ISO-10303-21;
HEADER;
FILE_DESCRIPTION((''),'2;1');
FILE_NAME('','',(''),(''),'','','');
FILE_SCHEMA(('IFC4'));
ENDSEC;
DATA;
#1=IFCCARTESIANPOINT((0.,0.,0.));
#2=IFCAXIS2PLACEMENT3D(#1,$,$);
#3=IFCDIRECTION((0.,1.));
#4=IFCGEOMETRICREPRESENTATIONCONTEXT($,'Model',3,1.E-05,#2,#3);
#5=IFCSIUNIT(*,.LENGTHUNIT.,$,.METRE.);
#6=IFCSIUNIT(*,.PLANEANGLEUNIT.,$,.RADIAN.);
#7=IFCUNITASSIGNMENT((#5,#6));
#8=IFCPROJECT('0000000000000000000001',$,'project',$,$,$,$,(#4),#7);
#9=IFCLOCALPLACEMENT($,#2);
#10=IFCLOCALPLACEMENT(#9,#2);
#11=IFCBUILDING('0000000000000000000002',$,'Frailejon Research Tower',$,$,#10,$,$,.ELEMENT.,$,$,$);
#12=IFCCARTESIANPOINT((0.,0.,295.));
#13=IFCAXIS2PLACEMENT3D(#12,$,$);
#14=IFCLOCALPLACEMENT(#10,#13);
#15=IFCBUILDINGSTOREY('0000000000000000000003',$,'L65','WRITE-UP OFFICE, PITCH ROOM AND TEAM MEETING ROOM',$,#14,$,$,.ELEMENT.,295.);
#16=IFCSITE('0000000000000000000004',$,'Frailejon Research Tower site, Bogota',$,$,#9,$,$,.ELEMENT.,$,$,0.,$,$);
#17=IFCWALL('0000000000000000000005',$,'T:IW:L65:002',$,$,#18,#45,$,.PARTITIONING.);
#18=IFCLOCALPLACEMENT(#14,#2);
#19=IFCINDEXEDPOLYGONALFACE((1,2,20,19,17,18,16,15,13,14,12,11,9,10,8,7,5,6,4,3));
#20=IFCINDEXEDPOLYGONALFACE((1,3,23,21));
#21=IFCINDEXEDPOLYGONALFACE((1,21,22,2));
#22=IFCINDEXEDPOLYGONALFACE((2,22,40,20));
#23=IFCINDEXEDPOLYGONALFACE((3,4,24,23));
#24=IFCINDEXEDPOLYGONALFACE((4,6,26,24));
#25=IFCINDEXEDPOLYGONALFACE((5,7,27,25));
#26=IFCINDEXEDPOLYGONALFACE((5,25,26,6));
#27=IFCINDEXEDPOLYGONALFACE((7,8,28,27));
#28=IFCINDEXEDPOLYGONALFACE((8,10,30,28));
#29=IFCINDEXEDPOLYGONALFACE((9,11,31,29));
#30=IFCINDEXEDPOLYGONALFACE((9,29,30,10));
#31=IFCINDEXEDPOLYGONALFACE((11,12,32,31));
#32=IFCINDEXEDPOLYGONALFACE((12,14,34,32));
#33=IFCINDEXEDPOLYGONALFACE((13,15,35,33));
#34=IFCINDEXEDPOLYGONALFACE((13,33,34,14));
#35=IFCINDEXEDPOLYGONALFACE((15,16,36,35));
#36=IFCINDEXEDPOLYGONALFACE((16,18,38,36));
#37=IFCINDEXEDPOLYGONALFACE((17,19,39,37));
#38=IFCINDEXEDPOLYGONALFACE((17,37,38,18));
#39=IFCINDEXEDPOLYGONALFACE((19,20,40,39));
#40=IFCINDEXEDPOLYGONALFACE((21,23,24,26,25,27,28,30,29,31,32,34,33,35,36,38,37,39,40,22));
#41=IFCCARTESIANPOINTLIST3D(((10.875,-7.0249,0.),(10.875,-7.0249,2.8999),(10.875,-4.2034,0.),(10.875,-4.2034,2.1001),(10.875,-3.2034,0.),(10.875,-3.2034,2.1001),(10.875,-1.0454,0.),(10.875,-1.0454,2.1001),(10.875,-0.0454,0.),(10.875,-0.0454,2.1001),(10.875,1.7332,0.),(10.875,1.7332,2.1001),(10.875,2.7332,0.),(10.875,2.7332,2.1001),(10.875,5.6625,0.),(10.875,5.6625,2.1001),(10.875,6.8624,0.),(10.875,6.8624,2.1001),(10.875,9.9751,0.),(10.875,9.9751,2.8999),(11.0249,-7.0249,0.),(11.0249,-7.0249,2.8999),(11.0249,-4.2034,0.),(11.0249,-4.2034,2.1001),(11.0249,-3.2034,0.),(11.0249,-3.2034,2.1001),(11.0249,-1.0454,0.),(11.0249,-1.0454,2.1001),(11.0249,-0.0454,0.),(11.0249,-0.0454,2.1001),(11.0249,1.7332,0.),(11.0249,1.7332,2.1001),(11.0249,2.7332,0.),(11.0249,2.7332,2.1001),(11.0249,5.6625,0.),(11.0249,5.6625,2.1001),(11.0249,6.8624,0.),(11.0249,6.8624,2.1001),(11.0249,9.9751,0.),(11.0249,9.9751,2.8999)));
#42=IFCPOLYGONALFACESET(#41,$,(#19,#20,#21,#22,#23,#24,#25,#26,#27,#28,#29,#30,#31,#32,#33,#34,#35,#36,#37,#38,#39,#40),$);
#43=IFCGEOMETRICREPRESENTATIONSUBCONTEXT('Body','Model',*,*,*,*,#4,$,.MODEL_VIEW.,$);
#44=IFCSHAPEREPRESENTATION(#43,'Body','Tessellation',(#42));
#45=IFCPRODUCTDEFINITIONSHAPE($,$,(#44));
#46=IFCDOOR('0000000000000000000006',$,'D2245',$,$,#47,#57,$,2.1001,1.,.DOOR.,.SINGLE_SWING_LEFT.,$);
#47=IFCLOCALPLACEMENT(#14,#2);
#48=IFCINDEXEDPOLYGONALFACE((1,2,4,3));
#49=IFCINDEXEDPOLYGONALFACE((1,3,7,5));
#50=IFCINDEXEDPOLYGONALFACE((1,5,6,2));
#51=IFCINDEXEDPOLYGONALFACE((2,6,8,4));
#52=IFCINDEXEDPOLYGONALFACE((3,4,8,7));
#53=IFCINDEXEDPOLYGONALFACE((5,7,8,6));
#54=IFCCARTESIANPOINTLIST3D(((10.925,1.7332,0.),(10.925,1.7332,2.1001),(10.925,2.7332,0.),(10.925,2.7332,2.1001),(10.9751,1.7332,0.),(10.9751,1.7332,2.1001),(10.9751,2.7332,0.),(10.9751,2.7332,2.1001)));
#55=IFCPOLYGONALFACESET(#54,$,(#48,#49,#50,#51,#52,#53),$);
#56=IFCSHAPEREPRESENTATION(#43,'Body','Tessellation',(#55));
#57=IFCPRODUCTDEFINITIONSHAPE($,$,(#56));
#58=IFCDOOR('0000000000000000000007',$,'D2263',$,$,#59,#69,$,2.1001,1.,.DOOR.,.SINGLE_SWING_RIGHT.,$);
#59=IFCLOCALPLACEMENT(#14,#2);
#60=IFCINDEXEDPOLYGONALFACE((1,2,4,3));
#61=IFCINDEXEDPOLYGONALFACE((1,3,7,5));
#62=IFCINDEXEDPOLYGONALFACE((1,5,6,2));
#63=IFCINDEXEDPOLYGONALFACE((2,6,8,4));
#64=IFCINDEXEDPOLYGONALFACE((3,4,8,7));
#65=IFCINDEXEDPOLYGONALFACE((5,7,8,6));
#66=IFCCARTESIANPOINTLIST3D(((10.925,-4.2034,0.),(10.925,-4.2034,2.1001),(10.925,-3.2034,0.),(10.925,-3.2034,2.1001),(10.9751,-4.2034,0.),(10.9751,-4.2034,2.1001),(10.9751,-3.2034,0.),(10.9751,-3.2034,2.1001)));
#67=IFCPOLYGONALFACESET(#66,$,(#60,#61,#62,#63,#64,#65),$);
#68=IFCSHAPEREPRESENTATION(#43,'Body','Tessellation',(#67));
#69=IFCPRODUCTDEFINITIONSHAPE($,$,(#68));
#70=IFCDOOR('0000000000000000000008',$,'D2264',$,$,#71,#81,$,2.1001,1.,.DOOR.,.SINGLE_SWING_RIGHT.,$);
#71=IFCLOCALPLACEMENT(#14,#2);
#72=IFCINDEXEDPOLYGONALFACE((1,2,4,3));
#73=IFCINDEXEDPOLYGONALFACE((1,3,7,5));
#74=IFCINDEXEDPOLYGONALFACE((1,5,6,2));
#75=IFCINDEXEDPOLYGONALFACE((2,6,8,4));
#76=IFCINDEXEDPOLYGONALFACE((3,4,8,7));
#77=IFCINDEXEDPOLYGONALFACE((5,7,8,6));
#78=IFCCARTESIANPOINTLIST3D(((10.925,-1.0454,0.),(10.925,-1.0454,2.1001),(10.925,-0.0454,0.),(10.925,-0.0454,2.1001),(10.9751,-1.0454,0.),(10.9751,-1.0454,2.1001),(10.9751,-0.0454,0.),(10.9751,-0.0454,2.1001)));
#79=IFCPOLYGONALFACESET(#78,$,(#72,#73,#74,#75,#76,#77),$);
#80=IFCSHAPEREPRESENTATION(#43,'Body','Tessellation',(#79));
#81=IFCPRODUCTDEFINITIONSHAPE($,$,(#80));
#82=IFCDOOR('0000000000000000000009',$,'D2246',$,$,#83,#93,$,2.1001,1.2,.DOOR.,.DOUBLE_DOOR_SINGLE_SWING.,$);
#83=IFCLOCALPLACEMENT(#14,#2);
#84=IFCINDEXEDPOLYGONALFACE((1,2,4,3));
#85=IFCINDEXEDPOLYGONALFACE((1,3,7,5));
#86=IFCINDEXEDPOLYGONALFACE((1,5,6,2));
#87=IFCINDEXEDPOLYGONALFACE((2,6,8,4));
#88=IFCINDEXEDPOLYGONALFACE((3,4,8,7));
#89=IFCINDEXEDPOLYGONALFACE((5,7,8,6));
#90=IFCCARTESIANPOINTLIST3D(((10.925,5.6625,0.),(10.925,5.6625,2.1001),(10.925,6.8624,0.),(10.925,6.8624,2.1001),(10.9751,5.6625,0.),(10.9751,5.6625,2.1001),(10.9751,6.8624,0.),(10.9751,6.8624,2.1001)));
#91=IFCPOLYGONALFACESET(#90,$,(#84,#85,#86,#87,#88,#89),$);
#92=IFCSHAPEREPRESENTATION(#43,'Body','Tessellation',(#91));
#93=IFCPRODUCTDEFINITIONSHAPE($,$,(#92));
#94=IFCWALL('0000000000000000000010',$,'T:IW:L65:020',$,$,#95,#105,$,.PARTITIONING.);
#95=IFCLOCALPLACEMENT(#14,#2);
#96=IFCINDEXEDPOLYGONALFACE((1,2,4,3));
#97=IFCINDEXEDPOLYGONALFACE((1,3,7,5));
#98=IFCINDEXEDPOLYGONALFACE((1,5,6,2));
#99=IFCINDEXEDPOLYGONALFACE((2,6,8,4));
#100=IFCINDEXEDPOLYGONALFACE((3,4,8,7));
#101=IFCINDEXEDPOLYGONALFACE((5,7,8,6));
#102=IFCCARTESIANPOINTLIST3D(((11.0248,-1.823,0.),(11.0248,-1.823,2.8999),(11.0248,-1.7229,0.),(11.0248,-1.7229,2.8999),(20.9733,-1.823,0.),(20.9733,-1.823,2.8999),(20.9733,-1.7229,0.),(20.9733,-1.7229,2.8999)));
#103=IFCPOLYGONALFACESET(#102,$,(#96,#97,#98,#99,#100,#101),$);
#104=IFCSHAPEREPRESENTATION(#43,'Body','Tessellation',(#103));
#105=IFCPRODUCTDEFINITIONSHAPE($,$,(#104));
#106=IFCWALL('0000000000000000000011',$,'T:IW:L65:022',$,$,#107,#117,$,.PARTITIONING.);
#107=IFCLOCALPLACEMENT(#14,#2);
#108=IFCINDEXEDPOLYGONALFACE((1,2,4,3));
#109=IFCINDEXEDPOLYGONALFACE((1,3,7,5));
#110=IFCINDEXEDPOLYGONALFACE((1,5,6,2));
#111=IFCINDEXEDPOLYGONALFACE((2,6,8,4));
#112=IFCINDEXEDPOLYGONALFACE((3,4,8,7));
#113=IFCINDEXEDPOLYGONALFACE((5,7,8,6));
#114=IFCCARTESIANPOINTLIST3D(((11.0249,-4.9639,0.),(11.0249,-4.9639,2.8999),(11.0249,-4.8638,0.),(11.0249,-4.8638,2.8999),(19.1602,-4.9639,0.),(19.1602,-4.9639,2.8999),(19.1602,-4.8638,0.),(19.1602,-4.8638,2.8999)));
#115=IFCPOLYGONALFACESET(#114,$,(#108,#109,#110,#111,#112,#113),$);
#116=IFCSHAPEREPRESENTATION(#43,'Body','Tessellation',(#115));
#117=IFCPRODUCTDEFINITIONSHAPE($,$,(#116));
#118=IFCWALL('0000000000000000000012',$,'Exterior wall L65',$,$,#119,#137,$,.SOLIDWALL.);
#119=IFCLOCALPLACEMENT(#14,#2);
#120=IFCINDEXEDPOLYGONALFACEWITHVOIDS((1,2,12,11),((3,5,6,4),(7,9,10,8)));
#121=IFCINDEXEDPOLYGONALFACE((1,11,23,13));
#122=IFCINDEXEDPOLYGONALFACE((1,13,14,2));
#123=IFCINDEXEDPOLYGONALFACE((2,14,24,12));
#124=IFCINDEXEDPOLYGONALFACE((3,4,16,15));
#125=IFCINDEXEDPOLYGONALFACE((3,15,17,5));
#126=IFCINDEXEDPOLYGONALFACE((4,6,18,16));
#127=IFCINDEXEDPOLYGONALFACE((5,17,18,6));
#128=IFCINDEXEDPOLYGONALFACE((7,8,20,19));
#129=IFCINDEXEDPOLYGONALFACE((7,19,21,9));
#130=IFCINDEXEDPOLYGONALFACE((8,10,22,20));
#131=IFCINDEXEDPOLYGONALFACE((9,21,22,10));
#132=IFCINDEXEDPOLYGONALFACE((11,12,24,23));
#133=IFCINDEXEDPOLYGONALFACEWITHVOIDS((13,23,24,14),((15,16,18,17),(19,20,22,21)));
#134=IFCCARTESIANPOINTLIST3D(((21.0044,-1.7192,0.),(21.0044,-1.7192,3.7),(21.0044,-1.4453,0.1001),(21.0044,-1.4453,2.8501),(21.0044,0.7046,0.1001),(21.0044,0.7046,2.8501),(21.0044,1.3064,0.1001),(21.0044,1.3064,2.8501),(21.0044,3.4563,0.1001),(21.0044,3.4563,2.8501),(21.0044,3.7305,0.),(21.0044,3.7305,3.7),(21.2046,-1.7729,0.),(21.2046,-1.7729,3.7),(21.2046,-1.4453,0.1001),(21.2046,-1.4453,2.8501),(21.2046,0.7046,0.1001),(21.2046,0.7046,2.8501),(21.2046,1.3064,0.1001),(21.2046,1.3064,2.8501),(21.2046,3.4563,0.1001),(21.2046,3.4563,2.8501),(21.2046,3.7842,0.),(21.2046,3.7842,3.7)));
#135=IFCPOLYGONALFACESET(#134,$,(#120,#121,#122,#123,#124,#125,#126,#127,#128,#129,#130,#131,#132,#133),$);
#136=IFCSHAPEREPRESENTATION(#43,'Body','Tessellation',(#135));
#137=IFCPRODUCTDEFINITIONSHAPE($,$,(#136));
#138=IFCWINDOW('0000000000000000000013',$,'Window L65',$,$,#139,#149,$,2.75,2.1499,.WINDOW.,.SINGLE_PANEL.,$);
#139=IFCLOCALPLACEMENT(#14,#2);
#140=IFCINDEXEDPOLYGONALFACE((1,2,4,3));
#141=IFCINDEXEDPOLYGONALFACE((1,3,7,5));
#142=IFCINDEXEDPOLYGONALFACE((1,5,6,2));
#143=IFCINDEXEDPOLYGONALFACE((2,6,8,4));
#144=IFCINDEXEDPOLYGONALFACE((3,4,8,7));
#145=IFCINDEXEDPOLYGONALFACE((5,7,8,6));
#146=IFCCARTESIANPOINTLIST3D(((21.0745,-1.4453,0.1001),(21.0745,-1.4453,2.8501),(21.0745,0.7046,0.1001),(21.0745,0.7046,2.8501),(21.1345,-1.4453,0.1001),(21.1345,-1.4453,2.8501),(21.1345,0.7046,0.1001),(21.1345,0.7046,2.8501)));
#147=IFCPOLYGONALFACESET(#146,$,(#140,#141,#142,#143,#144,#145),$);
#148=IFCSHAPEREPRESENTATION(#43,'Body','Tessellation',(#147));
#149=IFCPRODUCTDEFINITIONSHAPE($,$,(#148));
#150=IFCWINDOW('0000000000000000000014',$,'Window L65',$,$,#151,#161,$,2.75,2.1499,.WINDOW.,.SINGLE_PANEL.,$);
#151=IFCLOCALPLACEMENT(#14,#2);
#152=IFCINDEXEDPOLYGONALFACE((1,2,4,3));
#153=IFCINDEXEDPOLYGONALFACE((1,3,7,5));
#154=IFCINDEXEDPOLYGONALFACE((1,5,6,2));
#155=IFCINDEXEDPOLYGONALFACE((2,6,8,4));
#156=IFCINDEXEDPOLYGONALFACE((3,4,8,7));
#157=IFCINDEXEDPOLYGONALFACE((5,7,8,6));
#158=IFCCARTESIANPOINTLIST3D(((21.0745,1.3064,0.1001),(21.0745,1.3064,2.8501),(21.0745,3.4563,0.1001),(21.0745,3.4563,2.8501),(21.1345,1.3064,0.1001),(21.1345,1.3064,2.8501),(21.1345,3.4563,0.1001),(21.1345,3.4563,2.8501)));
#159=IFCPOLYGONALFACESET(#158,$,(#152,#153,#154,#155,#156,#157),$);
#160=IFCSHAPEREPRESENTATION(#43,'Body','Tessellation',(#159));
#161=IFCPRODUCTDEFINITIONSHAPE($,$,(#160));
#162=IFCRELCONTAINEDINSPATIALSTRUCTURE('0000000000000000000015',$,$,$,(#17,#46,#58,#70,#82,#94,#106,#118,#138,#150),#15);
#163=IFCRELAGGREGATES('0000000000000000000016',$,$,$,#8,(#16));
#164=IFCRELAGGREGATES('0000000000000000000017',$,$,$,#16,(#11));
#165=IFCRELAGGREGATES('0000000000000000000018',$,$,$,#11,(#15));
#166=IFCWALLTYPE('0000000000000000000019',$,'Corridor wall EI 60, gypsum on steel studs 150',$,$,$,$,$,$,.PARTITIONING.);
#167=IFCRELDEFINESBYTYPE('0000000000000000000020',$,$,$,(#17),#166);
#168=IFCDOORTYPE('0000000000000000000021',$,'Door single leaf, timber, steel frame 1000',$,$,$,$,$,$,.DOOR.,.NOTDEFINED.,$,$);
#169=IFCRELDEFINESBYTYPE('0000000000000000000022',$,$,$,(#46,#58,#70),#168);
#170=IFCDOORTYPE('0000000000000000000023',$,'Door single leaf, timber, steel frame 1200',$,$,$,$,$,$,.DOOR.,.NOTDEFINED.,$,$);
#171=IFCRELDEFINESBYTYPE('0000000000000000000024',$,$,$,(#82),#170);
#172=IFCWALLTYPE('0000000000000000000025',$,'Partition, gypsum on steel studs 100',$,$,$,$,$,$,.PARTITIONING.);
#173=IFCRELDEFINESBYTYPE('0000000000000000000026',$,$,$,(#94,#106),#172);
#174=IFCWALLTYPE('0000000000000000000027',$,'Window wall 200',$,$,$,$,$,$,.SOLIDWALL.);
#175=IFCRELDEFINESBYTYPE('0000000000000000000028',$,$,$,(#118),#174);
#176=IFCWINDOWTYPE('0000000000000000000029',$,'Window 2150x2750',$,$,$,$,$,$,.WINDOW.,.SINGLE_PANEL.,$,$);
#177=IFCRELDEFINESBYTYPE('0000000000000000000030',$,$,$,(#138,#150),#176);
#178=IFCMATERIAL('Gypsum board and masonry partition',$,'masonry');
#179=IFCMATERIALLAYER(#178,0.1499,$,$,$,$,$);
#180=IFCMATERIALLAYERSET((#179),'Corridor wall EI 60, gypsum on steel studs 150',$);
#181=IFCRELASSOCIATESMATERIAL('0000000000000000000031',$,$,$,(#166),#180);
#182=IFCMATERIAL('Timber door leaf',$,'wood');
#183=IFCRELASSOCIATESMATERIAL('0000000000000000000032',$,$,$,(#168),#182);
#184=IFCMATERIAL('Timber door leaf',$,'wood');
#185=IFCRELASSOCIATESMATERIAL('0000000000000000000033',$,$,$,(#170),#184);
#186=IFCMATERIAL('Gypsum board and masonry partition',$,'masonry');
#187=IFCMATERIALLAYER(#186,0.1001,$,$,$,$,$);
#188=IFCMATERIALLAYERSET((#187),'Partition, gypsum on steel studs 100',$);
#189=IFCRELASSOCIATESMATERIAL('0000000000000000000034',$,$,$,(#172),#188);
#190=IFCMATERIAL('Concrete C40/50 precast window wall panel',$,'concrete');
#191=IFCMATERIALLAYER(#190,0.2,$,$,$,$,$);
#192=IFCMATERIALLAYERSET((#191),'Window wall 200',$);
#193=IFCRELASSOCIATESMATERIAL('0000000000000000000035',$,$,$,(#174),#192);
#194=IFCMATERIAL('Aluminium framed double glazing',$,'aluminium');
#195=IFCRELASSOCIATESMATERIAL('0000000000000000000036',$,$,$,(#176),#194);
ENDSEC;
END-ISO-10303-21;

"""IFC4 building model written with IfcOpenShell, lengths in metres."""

from ifc_helpers import new_model, si_unit, direction, frame, frame_2d, origin, place, context, subcontext, project, spatial, polyline, rectangle, outline, extrude, material, layer, layer_set, type_object, element, fill, save


model = new_model("IFC4")

# Units and contexts
model_context = context("Model", 3, precision=1e-05, world=origin(), true_north=direction((0.0, 1.0)))
body_context = subcontext(model_context, "Body", "Model", "MODEL_VIEW")
ifc_project = project(units=[si_unit("LENGTHUNIT", "METRE"), si_unit("PLANEANGLEUNIT", "RADIAN")], contexts=[model_context])

# Site, building, storey
site_placement = place(None, origin())
site = spatial("IfcSite", under=ifc_project, at=site_placement, Name="Frailejon Research Tower site, Bogota", CompositionType="ELEMENT", RefElevation=0.0)
building_placement = place(site_placement, origin())
building = spatial("IfcBuilding", under=site, at=building_placement, Name="Frailejon Research Tower", CompositionType="ELEMENT")
storey_placement = place(building_placement, frame((0.0, 0.0, 295.0)))
storey = spatial("IfcBuildingStorey", under=building, at=storey_placement, Name="L65", Description="WRITE-UP OFFICE, PITCH ROOM AND TEAM MEETING ROOM", CompositionType="ELEMENT", Elevation=295.0)

# Wall, openings, doors
ifc_material_1 = material(Name="Gypsum board and masonry partition", Category="masonry")
ifc_layer_1 = layer(ifc_material_1, 0.1499)
ifc_layer_set_1 = layer_set([ifc_layer_1], Name="Corridor wall EI 60, gypsum on steel studs 150")
wall_type_1 = type_object("IfcWallType", Name="Corridor wall EI 60, gypsum on steel studs 150", PredefinedType="PARTITIONING", material=ifc_layer_set_1)
wall_1_placement = place(storey_placement, frame((10.95, -7.0249, 0.0), z_axis=(0.0, 0.0, 1.0), x_axis=(0.0, 1.0, 0.0)))
wall_1 = element("IfcWall", 1, at=wall_1_placement, inside=storey, type_object=wall_type_1, Name="T:IW:L65:002", PredefinedType="PARTITIONING", context=body_context, shape_type="SweptSolid", body=[
    extrude(rectangle(XDim=17.0, YDim=0.1499, at=frame_2d((8.5, 0.0))), origin(), (0.0, 0.0, 1.0), 2.8999),
])
opening_1_placement = place(wall_1_placement, frame((8.7581, 0.0, 0.0)))
opening_1 = element("IfcOpeningElement", 2, at=opening_1_placement, cuts=wall_1, PredefinedType="OPENING", context=body_context, shape_type="SweptSolid", body=[
    extrude(rectangle(XDim=1.0, YDim=2.1001, at=frame_2d((0.5, 1.05))), frame((0.0, 0.085, 0.0), z_axis=(0.0, -1.0, 0.0), x_axis=(1.0, 0.0, 0.0)), (0.0, 0.0, 1.0), 0.1699),
])
opening_2_placement = place(wall_1_placement, frame((12.6873, 0.0, 0.0)))
opening_2 = element("IfcOpeningElement", 3, at=opening_2_placement, cuts=wall_1, PredefinedType="OPENING", context=body_context, shape_type="SweptSolid", body=[
    extrude(rectangle(XDim=1.2, YDim=2.1001, at=frame_2d((0.6001, 1.05))), frame((0.0, 0.085, 0.0), z_axis=(0.0, -1.0, 0.0), x_axis=(1.0, 0.0, 0.0)), (0.0, 0.0, 1.0), 0.1699),
])
opening_3_placement = place(wall_1_placement, frame((2.8215, 0.0, 0.0)))
opening_3 = element("IfcOpeningElement", 4, at=opening_3_placement, cuts=wall_1, PredefinedType="OPENING", context=body_context, shape_type="SweptSolid", body=[
    extrude(rectangle(XDim=1.0, YDim=2.1001, at=frame_2d((0.5, 1.05))), frame((0.0, 0.085, 0.0), z_axis=(0.0, -1.0, 0.0), x_axis=(1.0, 0.0, 0.0)), (0.0, 0.0, 1.0), 0.1699),
])
opening_4_placement = place(wall_1_placement, frame((5.9795, 0.0, 0.0)))
opening_4 = element("IfcOpeningElement", 5, at=opening_4_placement, cuts=wall_1, PredefinedType="OPENING", context=body_context, shape_type="SweptSolid", body=[
    extrude(rectangle(XDim=1.0, YDim=2.1001, at=frame_2d((0.5, 1.05))), frame((0.0, 0.085, 0.0), z_axis=(0.0, -1.0, 0.0), x_axis=(1.0, 0.0, 0.0)), (0.0, 0.0, 1.0), 0.1699),
])
ifc_material_2 = material(Name="Timber door leaf", Category="wood")
door_type_1 = type_object("IfcDoorType", Name="Door single leaf, timber, steel frame 1000", OperationType="NOTDEFINED", PredefinedType="DOOR", material=ifc_material_2)
door_1_placement = place(opening_1_placement, origin())
door_1 = element("IfcDoor", 6, at=door_1_placement, inside=storey, type_object=door_type_1, Name="D2245", OperationType="SINGLE_SWING_LEFT", OverallHeight=2.1001, OverallWidth=1.0, PredefinedType="DOOR", context=body_context, shape_type="SweptSolid", body=[
    extrude(rectangle(XDim=1.0, YDim=2.1001, at=frame_2d((0.5, 1.05))), frame((0.0, 0.0249, 0.0), z_axis=(0.0, -1.0, 0.0), x_axis=(1.0, 0.0, 0.0)), (0.0, 0.0, 1.0), 0.05),
])
fill(opening_1, door_1)
door_2_placement = place(opening_3_placement, origin())
door_2 = element("IfcDoor", 7, at=door_2_placement, inside=storey, type_object=door_type_1, Name="D2263", OperationType="SINGLE_SWING_RIGHT", OverallHeight=2.1001, OverallWidth=1.0, PredefinedType="DOOR", context=body_context, shape_type="SweptSolid", body=[
    extrude(rectangle(XDim=1.0, YDim=2.1001, at=frame_2d((0.5, 1.05))), frame((0.0, 0.0249, 0.0), z_axis=(0.0, -1.0, 0.0), x_axis=(1.0, 0.0, 0.0)), (0.0, 0.0, 1.0), 0.05),
])
fill(opening_3, door_2)
door_3_placement = place(opening_4_placement, origin())
door_3 = element("IfcDoor", 8, at=door_3_placement, inside=storey, type_object=door_type_1, Name="D2264", OperationType="SINGLE_SWING_RIGHT", OverallHeight=2.1001, OverallWidth=1.0, PredefinedType="DOOR", context=body_context, shape_type="SweptSolid", body=[
    extrude(rectangle(XDim=1.0, YDim=2.1001, at=frame_2d((0.5, 1.05))), frame((0.0, 0.0249, 0.0), z_axis=(0.0, -1.0, 0.0), x_axis=(1.0, 0.0, 0.0)), (0.0, 0.0, 1.0), 0.05),
])
fill(opening_4, door_3)
ifc_material_3 = material(Name="Timber door leaf", Category="wood")
door_type_2 = type_object("IfcDoorType", Name="Door single leaf, timber, steel frame 1200", OperationType="NOTDEFINED", PredefinedType="DOOR", material=ifc_material_3)
door_4_placement = place(opening_2_placement, origin())
door_4 = element("IfcDoor", 9, at=door_4_placement, inside=storey, type_object=door_type_2, Name="D2246", OperationType="DOUBLE_DOOR_SINGLE_SWING", OverallHeight=2.1001, OverallWidth=1.2, PredefinedType="DOOR", context=body_context, shape_type="SweptSolid", body=[
    extrude(rectangle(XDim=1.2, YDim=2.1001, at=frame_2d((0.6001, 1.05))), frame((0.0, 0.0249, 0.0), z_axis=(0.0, -1.0, 0.0), x_axis=(1.0, 0.0, 0.0)), (0.0, 0.0, 1.0), 0.05),
])
fill(opening_2, door_4)

# Walls
ifc_material_4 = material(Name="Gypsum board and masonry partition", Category="masonry")
ifc_layer_2 = layer(ifc_material_4, 0.1001)
ifc_layer_set_2 = layer_set([ifc_layer_2], Name="Partition, gypsum on steel studs 100")
wall_type_2 = type_object("IfcWallType", Name="Partition, gypsum on steel studs 100", PredefinedType="PARTITIONING", material=ifc_layer_set_2)
wall_2_placement = place(storey_placement, frame((11.0249, -1.7729, 0.0), z_axis=(0.0, 0.0, 1.0), x_axis=(1.0, 0.0, 0.0)))
element("IfcWall", 10, at=wall_2_placement, inside=storey, type_object=wall_type_2, Name="T:IW:L65:020", PredefinedType="PARTITIONING", context=body_context, shape_type="SweptSolid", body=[
    extrude(rectangle(XDim=9.9485, YDim=0.1001, at=frame_2d((4.9741, 0.0))), origin(), (0.0, 0.0, 1.0), 2.8999),
])
wall_3_placement = place(storey_placement, frame((11.0249, -4.9138, 0.0), z_axis=(0.0, 0.0, 1.0), x_axis=(1.0, 0.0, 0.0)))
element("IfcWall", 11, at=wall_3_placement, inside=storey, type_object=wall_type_2, Name="T:IW:L65:022", PredefinedType="PARTITIONING", context=body_context, shape_type="SweptSolid", body=[
    extrude(rectangle(XDim=8.1353, YDim=0.1001, at=frame_2d((4.0676, 0.0))), origin(), (0.0, 0.0, 1.0), 2.8999),
])

# Wall, openings, windows
ifc_material_5 = material(Name="Concrete C40/50 precast window wall panel", Category="concrete")
ifc_layer_3 = layer(ifc_material_5, 0.2)
ifc_layer_set_3 = layer_set([ifc_layer_3], Name="Window wall 200")
wall_type_3 = type_object("IfcWallType", Name="Window wall 200", PredefinedType="SOLIDWALL", material=ifc_layer_set_3)
wall_4_placement = place(storey_placement, frame((21.1045, -1.7461, 0.0), z_axis=(0.0, 0.0, 1.0), x_axis=(0.0, 1.0, 0.0)))
wall_4 = element("IfcWall", 12, at=wall_4_placement, inside=storey, type_object=wall_type_3, Name="Exterior wall L65", PredefinedType="SOLIDWALL", context=body_context, shape_type="SweptSolid", body=[
    extrude(outline(polyline([(-0.0269, -0.1001), (1.0845, -0.1001), (2.196, -0.1001), (3.3074, -0.1001), (4.4189, -0.1001), (5.5303, -0.1001), (5.4766, 0.1001), (4.3867, 0.1001), (3.2966, 0.1001), (2.2068, 0.1001), (1.1167, 0.1001), (0.0269, 0.1001), (-0.0269, -0.1001)])), origin(), (0.0, 0.0, 1.0), 3.7),
])
opening_5_placement = place(wall_4_placement, frame((0.3008, 0.0, 0.1001)))
opening_5 = element("IfcOpeningElement", 13, at=opening_5_placement, cuts=wall_4, PredefinedType="OPENING", context=body_context, shape_type="SweptSolid", body=[
    extrude(rectangle(XDim=2.1499, YDim=2.75, at=frame_2d((1.075, 1.375))), frame((0.0, 0.1099, 0.0), z_axis=(0.0, -1.0, 0.0), x_axis=(1.0, 0.0, 0.0)), (0.0, 0.0, 1.0), 0.22),
])
opening_6_placement = place(wall_4_placement, frame((3.0525, 0.0, 0.1001)))
opening_6 = element("IfcOpeningElement", 14, at=opening_6_placement, cuts=wall_4, PredefinedType="OPENING", context=body_context, shape_type="SweptSolid", body=[
    extrude(rectangle(XDim=2.1499, YDim=2.75, at=frame_2d((1.075, 1.375))), frame((0.0, 0.1099, 0.0), z_axis=(0.0, -1.0, 0.0), x_axis=(1.0, 0.0, 0.0)), (0.0, 0.0, 1.0), 0.22),
])
ifc_material_6 = material(Name="Aluminium framed double glazing", Category="aluminium")
window_type = type_object("IfcWindowType", Name="Window 2150x2750", PartitioningType="SINGLE_PANEL", PredefinedType="WINDOW", material=ifc_material_6)
window_1_placement = place(opening_5_placement, origin())
window_1 = element("IfcWindow", 15, at=window_1_placement, inside=storey, type_object=window_type, Name="Window L65", OverallHeight=2.75, OverallWidth=2.1499, PartitioningType="SINGLE_PANEL", PredefinedType="WINDOW", context=body_context, shape_type="SweptSolid", body=[
    extrude(rectangle(XDim=2.1499, YDim=2.75, at=frame_2d((1.075, 1.375))), frame((0.0, 0.03, 0.0), z_axis=(0.0, -1.0, 0.0), x_axis=(1.0, 0.0, 0.0)), (0.0, 0.0, 1.0), 0.0601),
])
fill(opening_5, window_1)
window_2_placement = place(opening_6_placement, origin())
window_2 = element("IfcWindow", 16, at=window_2_placement, inside=storey, type_object=window_type, Name="Window L65", OverallHeight=2.75, OverallWidth=2.1499, PartitioningType="SINGLE_PANEL", PredefinedType="WINDOW", context=body_context, shape_type="SweptSolid", body=[
    extrude(rectangle(XDim=2.1499, YDim=2.75, at=frame_2d((1.075, 1.375))), frame((0.0, 0.03, 0.0), z_axis=(0.0, -1.0, 0.0), x_axis=(1.0, 0.0, 0.0)), (0.0, 0.0, 1.0), 0.0601),
])
fill(opening_6, window_2)

save(model, "model.ifc")
